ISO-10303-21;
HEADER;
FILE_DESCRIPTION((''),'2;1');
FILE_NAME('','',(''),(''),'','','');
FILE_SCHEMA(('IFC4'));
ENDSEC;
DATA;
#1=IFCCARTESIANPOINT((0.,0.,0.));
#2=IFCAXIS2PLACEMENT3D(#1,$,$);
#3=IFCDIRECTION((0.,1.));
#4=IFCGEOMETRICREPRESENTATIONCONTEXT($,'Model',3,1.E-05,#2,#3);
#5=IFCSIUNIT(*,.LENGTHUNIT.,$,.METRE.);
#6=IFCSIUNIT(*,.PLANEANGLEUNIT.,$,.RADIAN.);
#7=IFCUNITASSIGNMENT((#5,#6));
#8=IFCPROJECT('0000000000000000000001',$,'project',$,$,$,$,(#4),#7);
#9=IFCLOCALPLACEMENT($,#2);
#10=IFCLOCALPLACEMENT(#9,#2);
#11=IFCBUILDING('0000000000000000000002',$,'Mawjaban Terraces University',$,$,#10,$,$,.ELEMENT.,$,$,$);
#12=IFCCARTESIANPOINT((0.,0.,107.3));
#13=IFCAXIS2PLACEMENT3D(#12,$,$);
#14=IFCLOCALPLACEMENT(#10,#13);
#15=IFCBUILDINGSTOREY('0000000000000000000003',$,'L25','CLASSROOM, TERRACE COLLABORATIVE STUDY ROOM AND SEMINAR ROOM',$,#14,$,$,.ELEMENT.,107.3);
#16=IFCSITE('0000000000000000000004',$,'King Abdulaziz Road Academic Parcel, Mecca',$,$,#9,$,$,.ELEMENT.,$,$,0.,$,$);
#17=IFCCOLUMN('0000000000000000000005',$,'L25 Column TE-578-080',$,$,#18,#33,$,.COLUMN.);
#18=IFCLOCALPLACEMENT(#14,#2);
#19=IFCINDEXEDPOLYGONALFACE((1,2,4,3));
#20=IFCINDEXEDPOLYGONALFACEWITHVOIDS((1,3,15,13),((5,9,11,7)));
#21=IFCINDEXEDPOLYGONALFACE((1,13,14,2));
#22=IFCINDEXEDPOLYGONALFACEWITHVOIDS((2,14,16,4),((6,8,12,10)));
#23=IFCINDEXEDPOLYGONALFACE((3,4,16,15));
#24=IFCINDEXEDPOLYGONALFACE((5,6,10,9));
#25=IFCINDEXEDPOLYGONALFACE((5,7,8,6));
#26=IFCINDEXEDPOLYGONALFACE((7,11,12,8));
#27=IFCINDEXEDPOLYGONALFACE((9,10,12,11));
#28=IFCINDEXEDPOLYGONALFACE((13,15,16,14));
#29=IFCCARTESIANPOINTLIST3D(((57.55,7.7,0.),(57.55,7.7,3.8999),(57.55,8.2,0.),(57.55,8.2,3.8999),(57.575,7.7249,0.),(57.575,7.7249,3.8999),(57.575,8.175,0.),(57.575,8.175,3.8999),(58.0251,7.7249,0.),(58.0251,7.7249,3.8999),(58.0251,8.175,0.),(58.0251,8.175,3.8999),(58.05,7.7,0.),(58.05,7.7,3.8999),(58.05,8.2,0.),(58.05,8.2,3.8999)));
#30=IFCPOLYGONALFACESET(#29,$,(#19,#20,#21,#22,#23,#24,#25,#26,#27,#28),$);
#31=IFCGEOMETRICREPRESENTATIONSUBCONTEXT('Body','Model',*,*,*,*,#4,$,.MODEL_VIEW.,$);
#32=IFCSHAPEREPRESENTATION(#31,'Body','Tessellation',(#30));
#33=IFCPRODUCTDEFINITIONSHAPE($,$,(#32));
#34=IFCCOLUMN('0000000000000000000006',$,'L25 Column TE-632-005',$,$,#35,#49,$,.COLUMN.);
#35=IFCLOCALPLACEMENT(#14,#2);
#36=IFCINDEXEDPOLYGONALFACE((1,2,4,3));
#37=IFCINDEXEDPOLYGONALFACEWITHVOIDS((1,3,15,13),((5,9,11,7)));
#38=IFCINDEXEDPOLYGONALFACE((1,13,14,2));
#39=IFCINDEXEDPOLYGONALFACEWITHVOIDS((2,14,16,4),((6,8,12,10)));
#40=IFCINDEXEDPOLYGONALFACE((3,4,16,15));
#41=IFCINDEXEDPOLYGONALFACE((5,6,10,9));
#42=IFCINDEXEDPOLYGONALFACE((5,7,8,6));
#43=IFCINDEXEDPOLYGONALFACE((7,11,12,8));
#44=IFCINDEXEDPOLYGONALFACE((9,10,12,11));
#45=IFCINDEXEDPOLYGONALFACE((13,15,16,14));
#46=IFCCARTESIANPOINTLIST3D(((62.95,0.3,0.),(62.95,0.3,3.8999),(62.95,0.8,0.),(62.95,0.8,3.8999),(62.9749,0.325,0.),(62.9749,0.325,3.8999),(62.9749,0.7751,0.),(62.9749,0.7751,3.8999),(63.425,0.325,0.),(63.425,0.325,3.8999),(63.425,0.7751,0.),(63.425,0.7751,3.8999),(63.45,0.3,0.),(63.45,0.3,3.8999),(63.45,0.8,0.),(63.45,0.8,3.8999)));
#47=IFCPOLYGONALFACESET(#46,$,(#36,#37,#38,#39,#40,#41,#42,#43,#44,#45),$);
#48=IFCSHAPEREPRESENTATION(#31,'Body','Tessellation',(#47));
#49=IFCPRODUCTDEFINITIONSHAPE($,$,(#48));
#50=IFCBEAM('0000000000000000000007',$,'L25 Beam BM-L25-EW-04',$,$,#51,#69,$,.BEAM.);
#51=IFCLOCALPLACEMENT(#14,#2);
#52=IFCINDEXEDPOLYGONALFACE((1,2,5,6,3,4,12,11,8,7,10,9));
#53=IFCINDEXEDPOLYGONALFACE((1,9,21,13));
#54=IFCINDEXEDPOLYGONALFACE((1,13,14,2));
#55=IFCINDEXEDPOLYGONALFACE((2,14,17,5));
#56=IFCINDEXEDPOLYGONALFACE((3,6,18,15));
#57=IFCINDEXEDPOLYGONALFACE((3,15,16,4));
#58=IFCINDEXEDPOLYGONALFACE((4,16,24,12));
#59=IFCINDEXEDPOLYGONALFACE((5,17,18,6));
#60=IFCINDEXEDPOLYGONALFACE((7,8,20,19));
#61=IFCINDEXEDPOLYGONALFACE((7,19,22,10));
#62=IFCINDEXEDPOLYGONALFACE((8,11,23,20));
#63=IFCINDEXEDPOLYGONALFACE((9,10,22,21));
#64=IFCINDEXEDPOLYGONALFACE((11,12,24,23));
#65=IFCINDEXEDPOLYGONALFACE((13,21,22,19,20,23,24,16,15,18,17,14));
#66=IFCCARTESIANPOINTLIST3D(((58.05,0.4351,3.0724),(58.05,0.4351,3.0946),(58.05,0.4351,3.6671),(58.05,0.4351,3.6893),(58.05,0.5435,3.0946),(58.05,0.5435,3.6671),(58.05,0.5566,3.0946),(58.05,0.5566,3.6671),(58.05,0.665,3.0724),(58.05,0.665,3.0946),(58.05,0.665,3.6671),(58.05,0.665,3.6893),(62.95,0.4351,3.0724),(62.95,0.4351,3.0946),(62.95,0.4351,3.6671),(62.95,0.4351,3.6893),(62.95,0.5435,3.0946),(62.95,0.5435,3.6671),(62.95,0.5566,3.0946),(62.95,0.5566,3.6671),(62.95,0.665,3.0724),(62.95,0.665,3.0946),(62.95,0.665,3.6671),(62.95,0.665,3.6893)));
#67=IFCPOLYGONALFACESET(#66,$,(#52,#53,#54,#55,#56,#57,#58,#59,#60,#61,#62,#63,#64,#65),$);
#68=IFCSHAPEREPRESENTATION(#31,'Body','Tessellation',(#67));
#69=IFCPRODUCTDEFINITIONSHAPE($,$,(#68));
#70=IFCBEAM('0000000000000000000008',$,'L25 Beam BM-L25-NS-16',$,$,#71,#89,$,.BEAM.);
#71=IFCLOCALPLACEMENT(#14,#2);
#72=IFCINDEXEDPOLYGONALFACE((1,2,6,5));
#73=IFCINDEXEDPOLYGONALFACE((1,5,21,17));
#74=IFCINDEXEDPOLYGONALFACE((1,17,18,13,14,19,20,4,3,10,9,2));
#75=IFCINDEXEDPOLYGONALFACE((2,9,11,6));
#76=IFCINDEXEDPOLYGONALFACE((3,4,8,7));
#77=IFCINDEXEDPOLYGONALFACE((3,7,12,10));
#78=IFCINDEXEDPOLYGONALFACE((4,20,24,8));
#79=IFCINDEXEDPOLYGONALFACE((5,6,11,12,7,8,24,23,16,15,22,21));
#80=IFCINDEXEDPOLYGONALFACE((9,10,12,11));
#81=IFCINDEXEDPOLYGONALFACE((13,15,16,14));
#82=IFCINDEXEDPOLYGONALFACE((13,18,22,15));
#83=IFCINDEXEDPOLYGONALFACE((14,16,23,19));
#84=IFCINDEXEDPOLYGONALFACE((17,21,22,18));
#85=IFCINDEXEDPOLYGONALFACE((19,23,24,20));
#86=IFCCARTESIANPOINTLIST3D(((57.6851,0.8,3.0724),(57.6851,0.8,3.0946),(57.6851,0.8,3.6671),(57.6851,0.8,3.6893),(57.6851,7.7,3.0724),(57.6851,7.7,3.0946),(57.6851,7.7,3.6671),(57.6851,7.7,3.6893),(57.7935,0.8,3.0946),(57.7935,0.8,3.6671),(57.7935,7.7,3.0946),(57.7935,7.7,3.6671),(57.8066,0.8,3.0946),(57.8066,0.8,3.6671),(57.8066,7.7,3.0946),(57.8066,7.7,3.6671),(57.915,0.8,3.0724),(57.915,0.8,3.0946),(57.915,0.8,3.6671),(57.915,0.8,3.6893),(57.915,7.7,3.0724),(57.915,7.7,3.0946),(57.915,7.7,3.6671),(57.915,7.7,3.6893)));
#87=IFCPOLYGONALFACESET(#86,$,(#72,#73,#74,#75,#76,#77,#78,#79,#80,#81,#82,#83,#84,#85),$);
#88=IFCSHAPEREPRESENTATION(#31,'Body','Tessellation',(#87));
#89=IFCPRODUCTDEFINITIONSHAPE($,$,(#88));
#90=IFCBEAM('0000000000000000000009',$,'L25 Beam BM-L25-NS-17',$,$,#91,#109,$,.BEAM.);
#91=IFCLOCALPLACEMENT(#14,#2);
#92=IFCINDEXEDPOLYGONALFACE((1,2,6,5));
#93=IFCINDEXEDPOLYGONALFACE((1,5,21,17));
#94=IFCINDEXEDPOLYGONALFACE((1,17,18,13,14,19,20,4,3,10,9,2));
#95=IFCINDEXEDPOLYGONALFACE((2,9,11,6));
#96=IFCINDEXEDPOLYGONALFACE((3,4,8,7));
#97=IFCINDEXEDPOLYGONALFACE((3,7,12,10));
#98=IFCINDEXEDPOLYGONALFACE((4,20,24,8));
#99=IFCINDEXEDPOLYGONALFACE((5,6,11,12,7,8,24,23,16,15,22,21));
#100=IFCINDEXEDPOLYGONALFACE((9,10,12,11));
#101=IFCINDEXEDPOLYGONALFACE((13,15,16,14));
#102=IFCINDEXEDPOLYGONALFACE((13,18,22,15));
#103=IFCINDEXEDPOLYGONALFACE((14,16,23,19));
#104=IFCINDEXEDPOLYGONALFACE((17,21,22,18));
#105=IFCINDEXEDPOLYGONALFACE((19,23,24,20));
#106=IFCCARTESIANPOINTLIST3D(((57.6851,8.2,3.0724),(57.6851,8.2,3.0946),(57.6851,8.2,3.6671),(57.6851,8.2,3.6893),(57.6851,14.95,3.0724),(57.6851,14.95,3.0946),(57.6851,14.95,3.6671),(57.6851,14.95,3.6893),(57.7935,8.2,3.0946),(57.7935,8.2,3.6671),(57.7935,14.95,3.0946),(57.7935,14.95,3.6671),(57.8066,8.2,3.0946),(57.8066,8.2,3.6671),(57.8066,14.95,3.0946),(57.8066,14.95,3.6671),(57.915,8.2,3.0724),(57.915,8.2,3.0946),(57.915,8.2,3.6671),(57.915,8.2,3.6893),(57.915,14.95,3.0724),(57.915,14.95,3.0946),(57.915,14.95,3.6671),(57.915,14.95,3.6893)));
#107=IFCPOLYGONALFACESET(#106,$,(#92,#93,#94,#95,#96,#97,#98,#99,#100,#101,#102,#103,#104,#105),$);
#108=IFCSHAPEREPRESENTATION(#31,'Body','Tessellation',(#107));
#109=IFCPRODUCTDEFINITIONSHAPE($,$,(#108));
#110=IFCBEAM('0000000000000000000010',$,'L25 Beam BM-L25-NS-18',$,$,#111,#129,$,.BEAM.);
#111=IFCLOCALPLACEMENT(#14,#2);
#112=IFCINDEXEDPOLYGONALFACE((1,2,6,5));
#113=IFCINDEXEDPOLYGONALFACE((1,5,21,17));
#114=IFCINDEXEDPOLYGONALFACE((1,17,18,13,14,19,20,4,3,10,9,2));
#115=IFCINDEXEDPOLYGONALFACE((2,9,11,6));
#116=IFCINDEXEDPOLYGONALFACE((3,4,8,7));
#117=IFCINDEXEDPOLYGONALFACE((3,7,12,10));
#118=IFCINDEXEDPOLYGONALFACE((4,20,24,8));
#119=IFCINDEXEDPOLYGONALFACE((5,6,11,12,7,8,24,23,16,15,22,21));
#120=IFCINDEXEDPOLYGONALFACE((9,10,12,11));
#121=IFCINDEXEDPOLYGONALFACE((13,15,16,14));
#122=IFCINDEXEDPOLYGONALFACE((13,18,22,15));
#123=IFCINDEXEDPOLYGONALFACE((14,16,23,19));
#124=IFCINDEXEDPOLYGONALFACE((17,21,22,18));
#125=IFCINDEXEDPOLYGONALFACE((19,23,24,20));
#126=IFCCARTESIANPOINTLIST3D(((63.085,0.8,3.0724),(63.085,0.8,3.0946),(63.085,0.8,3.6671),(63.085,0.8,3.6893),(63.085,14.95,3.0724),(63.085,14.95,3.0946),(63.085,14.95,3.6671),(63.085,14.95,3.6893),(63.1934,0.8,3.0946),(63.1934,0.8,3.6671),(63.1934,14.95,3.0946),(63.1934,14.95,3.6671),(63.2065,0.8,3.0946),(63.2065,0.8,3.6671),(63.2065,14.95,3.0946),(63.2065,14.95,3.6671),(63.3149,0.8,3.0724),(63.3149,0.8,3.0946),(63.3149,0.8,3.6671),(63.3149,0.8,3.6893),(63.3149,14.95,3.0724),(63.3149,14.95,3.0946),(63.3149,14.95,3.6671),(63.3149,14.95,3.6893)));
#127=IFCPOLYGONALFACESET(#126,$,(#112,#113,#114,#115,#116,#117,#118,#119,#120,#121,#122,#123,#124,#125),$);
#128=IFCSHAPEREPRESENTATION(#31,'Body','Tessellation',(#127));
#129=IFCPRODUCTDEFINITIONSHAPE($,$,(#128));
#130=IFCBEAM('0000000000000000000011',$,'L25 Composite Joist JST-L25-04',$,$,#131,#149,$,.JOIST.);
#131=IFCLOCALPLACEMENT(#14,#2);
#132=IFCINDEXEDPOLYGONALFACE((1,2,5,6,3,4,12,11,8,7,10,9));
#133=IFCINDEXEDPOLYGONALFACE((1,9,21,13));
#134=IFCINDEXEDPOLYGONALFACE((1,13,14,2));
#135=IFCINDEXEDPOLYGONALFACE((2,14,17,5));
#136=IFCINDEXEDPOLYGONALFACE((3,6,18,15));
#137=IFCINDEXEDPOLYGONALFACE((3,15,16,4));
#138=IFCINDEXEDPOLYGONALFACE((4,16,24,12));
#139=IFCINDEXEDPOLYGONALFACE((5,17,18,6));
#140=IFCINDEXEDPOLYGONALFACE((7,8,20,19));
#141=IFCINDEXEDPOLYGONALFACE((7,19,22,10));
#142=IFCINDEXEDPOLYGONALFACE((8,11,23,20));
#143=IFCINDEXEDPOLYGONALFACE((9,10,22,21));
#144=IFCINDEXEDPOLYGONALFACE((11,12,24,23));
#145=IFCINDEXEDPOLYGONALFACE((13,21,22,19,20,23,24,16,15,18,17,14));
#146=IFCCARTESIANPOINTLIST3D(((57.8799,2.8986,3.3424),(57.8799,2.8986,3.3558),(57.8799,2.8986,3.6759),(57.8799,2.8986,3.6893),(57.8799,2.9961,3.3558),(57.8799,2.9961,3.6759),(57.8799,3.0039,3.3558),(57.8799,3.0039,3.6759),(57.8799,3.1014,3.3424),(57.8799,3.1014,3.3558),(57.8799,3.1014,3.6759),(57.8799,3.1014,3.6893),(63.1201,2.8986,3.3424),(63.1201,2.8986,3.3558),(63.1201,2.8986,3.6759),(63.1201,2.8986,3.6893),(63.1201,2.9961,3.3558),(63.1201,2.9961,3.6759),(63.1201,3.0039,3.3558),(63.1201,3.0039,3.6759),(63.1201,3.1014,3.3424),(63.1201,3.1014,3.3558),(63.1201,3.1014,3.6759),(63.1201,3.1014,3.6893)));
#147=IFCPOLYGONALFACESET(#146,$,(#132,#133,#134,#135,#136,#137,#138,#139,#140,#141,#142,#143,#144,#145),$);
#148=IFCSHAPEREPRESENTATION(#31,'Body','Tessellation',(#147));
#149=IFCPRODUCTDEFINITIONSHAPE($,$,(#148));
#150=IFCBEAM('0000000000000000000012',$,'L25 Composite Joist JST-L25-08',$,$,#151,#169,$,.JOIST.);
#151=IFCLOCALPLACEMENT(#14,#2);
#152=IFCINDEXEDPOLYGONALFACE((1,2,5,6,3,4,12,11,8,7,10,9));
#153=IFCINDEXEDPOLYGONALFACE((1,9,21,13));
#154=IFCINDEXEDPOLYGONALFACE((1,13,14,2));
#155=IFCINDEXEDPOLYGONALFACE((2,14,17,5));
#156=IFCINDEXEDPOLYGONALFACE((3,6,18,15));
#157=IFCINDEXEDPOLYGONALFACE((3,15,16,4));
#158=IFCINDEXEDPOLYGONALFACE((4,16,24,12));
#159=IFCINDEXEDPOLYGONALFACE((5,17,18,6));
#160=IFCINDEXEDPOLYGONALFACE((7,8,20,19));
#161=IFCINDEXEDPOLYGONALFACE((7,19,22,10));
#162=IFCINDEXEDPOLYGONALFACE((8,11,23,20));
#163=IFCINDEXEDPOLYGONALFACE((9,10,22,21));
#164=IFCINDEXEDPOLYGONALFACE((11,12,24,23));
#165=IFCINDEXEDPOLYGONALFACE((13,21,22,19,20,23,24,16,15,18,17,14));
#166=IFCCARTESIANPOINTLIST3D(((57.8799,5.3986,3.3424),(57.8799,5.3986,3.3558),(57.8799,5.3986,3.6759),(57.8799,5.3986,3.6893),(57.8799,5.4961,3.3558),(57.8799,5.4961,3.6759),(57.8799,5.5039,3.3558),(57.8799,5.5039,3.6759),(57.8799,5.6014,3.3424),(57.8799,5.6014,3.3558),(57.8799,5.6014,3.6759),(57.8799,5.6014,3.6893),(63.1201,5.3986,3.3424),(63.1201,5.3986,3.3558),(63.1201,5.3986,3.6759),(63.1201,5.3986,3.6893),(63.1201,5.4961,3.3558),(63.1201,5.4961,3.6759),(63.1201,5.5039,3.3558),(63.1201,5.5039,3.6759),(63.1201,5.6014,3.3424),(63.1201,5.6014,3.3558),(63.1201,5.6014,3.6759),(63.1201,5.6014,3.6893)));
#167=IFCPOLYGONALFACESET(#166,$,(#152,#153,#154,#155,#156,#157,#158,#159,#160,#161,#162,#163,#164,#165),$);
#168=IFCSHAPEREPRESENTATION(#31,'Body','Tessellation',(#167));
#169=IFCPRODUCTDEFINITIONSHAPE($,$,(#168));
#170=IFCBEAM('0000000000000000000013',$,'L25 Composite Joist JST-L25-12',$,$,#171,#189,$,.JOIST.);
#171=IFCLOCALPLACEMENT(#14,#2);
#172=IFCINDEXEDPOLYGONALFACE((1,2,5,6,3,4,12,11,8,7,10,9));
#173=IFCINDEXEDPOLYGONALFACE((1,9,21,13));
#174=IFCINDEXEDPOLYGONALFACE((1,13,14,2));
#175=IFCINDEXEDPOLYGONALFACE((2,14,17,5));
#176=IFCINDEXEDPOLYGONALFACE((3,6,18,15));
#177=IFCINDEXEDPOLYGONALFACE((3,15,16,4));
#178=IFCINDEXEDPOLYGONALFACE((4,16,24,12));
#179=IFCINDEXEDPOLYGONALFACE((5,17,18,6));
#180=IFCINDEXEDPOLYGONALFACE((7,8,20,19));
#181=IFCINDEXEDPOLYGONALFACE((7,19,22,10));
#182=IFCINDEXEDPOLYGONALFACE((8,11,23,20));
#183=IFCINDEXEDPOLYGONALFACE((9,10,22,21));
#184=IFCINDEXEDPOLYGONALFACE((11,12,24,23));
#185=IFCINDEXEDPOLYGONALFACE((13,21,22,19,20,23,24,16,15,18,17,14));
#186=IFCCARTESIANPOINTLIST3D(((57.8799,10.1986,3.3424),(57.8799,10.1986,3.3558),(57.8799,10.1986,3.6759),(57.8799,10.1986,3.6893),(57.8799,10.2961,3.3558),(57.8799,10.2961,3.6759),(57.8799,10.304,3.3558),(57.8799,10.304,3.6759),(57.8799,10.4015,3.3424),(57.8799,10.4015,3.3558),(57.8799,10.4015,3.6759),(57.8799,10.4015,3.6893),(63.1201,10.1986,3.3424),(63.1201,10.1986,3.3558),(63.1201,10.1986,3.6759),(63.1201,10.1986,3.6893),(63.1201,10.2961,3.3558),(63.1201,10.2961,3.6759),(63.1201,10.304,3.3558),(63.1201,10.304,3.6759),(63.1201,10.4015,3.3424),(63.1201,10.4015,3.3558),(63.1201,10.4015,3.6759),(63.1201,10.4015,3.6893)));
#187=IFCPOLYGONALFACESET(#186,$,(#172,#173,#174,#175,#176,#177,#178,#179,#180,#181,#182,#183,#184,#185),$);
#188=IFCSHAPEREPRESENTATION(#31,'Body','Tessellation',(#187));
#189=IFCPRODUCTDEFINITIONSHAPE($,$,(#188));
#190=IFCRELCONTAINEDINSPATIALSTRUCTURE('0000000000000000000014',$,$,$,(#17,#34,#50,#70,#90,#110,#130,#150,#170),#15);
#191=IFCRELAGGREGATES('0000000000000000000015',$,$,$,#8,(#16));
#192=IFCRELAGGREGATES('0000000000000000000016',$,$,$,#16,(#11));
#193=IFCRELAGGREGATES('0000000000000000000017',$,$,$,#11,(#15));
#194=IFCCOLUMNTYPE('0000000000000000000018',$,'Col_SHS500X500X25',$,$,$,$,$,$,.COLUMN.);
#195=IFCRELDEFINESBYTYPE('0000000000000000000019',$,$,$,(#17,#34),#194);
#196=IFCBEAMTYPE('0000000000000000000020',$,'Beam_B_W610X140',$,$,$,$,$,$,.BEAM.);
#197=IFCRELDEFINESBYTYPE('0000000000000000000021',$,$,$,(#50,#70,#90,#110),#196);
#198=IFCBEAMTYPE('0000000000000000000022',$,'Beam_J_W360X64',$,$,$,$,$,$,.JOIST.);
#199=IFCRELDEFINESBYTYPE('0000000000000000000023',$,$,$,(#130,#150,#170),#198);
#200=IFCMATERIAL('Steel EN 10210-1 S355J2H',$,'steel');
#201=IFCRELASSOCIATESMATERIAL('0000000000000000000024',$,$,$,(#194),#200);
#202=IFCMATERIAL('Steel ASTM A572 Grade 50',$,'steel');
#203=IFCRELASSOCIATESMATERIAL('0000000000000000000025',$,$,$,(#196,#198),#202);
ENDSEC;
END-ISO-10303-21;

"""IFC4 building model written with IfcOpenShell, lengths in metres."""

from ifc_helpers import new_model, si_unit, direction, frame, origin, origin_2d, place, context, subcontext, project, spatial, hollow_rectangle, i_section, extrude, material, material_profile, profile_set, type_object, element, save


model = new_model("IFC4")

# Units and contexts
model_context = context("Model", 3, precision=1e-05, world=origin(), true_north=direction((0.0, 1.0)))
body_context = subcontext(model_context, "Body", "Model", "MODEL_VIEW")
ifc_project = project(units=[si_unit("LENGTHUNIT", "METRE"), si_unit("PLANEANGLEUNIT", "RADIAN")], contexts=[model_context])

# Site, building, storey
site_placement = place(None, origin())
site = spatial("IfcSite", under=ifc_project, at=site_placement, Name="King Abdulaziz Road Academic Parcel, Mecca", CompositionType="ELEMENT", RefElevation=0.0)
building_placement = place(site_placement, origin())
building = spatial("IfcBuilding", under=site, at=building_placement, Name="Mawjaban Terraces University", CompositionType="ELEMENT")
storey_placement = place(building_placement, frame((0.0, 0.0, 107.3)))
storey = spatial("IfcBuildingStorey", under=building, at=storey_placement, Name="L25", Description="CLASSROOM, TERRACE COLLABORATIVE STUDY ROOM AND SEMINAR ROOM", CompositionType="ELEMENT", Elevation=107.3)

# Columns
ifc_material_1 = material(Name="Steel EN 10210-1 S355J2H", Category="steel")
ifc_material_profile_1 = material_profile(ifc_material_1, hollow_rectangle(XDim=0.5, YDim=0.5, WallThickness=0.0249, at=origin_2d()), Name="SHS500X500X25")
ifc_profile_set_1 = profile_set([ifc_material_profile_1], Name="Steel EN 10210-1 S355J2H")
column_type = type_object("IfcColumnType", Name="Col_SHS500X500X25", PredefinedType="COLUMN", material=ifc_profile_set_1)
for number, where, z_axis, x_axis, name in (
    (1, (57.8, 7.95, 0.0), (0.0, 0.0, 1.0), (1.0, 0.0, 0.0), "L25 Column TE-578-080"),
    (2, (63.2, 0.55, 0.0), (0.0, 0.0, 1.0), (1.0, 0.0, 0.0), "L25 Column TE-632-005"),
):
    element("IfcColumn", number, at=place(storey_placement, frame(where, z_axis=z_axis, x_axis=x_axis)), inside=storey, type_object=column_type, Name=name, PredefinedType="COLUMN", context=body_context, shape_type="SweptSolid", body=[
        extrude(hollow_rectangle(XDim=0.5, YDim=0.5, WallThickness=0.0249, at=origin_2d()), origin(), (0.0, 0.0, 1.0), 3.8999),
    ])

# Beams
ifc_material_2 = material(Name="Steel ASTM A572 Grade 50", Category="steel")
ifc_material_profile_2 = material_profile(ifc_material_2, i_section(OverallWidth=0.23, OverallDepth=0.6169, WebThickness=0.0132, FlangeThickness=0.0222, at=origin_2d()), Name="W610X140")
ifc_profile_set_2 = profile_set([ifc_material_profile_2], Name="Steel ASTM A572 Grade 50")
beam_type_1 = type_object("IfcBeamType", Name="Beam_B_W610X140", PredefinedType="BEAM", material=ifc_profile_set_2)
beam_1_placement = place(storey_placement, frame((58.05, 0.55, 3.3809), z_axis=(1.0, 0.0, 0.0), x_axis=(0.0, 1.0, 0.0)))
element("IfcBeam", 3, at=beam_1_placement, inside=storey, type_object=beam_type_1, Name="L25 Beam BM-L25-EW-04", PredefinedType="BEAM", context=body_context, shape_type="SweptSolid", body=[
    extrude(i_section(OverallWidth=0.23, OverallDepth=0.6169, WebThickness=0.0132, FlangeThickness=0.0222, at=origin_2d()), origin(), (0.0, 0.0, 1.0), 4.8999),
])
beam_2_placement = place(storey_placement, frame((57.8, 0.8, 3.3809), z_axis=(0.0, 1.0, 0.0), x_axis=(-1.0, 0.0, 0.0)))
element("IfcBeam", 4, at=beam_2_placement, inside=storey, type_object=beam_type_1, Name="L25 Beam BM-L25-NS-16", PredefinedType="BEAM", context=body_context, shape_type="SweptSolid", body=[
    extrude(i_section(OverallWidth=0.23, OverallDepth=0.6169, WebThickness=0.0132, FlangeThickness=0.0222, at=origin_2d()), origin(), (0.0, 0.0, 1.0), 6.8999),
])
beam_3_placement = place(storey_placement, frame((57.8, 8.2, 3.3809), z_axis=(0.0, 1.0, 0.0), x_axis=(-1.0, 0.0, 0.0)))
element("IfcBeam", 5, at=beam_3_placement, inside=storey, type_object=beam_type_1, Name="L25 Beam BM-L25-NS-17", PredefinedType="BEAM", context=body_context, shape_type="SweptSolid", body=[
    extrude(i_section(OverallWidth=0.23, OverallDepth=0.6169, WebThickness=0.0132, FlangeThickness=0.0222, at=origin_2d()), origin(), (0.0, 0.0, 1.0), 6.75),
])
beam_4_placement = place(storey_placement, frame((63.2, 0.8, 3.3809), z_axis=(0.0, 1.0, 0.0), x_axis=(-1.0, 0.0, 0.0)))
element("IfcBeam", 6, at=beam_4_placement, inside=storey, type_object=beam_type_1, Name="L25 Beam BM-L25-NS-18", PredefinedType="BEAM", context=body_context, shape_type="SweptSolid", body=[
    extrude(i_section(OverallWidth=0.23, OverallDepth=0.6169, WebThickness=0.0132, FlangeThickness=0.0222, at=origin_2d()), origin(), (0.0, 0.0, 1.0), 14.1499),
])
ifc_material_profile_3 = material_profile(ifc_material_2, i_section(OverallWidth=0.2029, OverallDepth=0.3469, WebThickness=0.0078, FlangeThickness=0.0134, at=origin_2d()), Name="W360X64")
ifc_profile_set_3 = profile_set([ifc_material_profile_3], Name="Steel ASTM A572 Grade 50")
beam_type_2 = type_object("IfcBeamType", Name="Beam_J_W360X64", PredefinedType="JOIST", material=ifc_profile_set_3)
for number, where, z_axis, x_axis, name in (
    (7, (57.8799, 3.0, 3.5159), (1.0, 0.0, 0.0), (0.0, 1.0, 0.0), "L25 Composite Joist JST-L25-04"),
    (8, (57.8799, 5.5, 3.5159), (1.0, 0.0, 0.0), (0.0, 1.0, 0.0), "L25 Composite Joist JST-L25-08"),
    (9, (57.8799, 10.3, 3.5159), (1.0, 0.0, 0.0), (0.0, 1.0, 0.0), "L25 Composite Joist JST-L25-12"),
):
    element("IfcBeam", number, at=place(storey_placement, frame(where, z_axis=z_axis, x_axis=x_axis)), inside=storey, type_object=beam_type_2, Name=name, PredefinedType="JOIST", context=body_context, shape_type="SweptSolid", body=[
        extrude(i_section(OverallWidth=0.2029, OverallDepth=0.3469, WebThickness=0.0078, FlangeThickness=0.0134, at=origin_2d()), origin(), (0.0, 0.0, 1.0), 5.2402),
    ])

save(model, "model.ifc")
